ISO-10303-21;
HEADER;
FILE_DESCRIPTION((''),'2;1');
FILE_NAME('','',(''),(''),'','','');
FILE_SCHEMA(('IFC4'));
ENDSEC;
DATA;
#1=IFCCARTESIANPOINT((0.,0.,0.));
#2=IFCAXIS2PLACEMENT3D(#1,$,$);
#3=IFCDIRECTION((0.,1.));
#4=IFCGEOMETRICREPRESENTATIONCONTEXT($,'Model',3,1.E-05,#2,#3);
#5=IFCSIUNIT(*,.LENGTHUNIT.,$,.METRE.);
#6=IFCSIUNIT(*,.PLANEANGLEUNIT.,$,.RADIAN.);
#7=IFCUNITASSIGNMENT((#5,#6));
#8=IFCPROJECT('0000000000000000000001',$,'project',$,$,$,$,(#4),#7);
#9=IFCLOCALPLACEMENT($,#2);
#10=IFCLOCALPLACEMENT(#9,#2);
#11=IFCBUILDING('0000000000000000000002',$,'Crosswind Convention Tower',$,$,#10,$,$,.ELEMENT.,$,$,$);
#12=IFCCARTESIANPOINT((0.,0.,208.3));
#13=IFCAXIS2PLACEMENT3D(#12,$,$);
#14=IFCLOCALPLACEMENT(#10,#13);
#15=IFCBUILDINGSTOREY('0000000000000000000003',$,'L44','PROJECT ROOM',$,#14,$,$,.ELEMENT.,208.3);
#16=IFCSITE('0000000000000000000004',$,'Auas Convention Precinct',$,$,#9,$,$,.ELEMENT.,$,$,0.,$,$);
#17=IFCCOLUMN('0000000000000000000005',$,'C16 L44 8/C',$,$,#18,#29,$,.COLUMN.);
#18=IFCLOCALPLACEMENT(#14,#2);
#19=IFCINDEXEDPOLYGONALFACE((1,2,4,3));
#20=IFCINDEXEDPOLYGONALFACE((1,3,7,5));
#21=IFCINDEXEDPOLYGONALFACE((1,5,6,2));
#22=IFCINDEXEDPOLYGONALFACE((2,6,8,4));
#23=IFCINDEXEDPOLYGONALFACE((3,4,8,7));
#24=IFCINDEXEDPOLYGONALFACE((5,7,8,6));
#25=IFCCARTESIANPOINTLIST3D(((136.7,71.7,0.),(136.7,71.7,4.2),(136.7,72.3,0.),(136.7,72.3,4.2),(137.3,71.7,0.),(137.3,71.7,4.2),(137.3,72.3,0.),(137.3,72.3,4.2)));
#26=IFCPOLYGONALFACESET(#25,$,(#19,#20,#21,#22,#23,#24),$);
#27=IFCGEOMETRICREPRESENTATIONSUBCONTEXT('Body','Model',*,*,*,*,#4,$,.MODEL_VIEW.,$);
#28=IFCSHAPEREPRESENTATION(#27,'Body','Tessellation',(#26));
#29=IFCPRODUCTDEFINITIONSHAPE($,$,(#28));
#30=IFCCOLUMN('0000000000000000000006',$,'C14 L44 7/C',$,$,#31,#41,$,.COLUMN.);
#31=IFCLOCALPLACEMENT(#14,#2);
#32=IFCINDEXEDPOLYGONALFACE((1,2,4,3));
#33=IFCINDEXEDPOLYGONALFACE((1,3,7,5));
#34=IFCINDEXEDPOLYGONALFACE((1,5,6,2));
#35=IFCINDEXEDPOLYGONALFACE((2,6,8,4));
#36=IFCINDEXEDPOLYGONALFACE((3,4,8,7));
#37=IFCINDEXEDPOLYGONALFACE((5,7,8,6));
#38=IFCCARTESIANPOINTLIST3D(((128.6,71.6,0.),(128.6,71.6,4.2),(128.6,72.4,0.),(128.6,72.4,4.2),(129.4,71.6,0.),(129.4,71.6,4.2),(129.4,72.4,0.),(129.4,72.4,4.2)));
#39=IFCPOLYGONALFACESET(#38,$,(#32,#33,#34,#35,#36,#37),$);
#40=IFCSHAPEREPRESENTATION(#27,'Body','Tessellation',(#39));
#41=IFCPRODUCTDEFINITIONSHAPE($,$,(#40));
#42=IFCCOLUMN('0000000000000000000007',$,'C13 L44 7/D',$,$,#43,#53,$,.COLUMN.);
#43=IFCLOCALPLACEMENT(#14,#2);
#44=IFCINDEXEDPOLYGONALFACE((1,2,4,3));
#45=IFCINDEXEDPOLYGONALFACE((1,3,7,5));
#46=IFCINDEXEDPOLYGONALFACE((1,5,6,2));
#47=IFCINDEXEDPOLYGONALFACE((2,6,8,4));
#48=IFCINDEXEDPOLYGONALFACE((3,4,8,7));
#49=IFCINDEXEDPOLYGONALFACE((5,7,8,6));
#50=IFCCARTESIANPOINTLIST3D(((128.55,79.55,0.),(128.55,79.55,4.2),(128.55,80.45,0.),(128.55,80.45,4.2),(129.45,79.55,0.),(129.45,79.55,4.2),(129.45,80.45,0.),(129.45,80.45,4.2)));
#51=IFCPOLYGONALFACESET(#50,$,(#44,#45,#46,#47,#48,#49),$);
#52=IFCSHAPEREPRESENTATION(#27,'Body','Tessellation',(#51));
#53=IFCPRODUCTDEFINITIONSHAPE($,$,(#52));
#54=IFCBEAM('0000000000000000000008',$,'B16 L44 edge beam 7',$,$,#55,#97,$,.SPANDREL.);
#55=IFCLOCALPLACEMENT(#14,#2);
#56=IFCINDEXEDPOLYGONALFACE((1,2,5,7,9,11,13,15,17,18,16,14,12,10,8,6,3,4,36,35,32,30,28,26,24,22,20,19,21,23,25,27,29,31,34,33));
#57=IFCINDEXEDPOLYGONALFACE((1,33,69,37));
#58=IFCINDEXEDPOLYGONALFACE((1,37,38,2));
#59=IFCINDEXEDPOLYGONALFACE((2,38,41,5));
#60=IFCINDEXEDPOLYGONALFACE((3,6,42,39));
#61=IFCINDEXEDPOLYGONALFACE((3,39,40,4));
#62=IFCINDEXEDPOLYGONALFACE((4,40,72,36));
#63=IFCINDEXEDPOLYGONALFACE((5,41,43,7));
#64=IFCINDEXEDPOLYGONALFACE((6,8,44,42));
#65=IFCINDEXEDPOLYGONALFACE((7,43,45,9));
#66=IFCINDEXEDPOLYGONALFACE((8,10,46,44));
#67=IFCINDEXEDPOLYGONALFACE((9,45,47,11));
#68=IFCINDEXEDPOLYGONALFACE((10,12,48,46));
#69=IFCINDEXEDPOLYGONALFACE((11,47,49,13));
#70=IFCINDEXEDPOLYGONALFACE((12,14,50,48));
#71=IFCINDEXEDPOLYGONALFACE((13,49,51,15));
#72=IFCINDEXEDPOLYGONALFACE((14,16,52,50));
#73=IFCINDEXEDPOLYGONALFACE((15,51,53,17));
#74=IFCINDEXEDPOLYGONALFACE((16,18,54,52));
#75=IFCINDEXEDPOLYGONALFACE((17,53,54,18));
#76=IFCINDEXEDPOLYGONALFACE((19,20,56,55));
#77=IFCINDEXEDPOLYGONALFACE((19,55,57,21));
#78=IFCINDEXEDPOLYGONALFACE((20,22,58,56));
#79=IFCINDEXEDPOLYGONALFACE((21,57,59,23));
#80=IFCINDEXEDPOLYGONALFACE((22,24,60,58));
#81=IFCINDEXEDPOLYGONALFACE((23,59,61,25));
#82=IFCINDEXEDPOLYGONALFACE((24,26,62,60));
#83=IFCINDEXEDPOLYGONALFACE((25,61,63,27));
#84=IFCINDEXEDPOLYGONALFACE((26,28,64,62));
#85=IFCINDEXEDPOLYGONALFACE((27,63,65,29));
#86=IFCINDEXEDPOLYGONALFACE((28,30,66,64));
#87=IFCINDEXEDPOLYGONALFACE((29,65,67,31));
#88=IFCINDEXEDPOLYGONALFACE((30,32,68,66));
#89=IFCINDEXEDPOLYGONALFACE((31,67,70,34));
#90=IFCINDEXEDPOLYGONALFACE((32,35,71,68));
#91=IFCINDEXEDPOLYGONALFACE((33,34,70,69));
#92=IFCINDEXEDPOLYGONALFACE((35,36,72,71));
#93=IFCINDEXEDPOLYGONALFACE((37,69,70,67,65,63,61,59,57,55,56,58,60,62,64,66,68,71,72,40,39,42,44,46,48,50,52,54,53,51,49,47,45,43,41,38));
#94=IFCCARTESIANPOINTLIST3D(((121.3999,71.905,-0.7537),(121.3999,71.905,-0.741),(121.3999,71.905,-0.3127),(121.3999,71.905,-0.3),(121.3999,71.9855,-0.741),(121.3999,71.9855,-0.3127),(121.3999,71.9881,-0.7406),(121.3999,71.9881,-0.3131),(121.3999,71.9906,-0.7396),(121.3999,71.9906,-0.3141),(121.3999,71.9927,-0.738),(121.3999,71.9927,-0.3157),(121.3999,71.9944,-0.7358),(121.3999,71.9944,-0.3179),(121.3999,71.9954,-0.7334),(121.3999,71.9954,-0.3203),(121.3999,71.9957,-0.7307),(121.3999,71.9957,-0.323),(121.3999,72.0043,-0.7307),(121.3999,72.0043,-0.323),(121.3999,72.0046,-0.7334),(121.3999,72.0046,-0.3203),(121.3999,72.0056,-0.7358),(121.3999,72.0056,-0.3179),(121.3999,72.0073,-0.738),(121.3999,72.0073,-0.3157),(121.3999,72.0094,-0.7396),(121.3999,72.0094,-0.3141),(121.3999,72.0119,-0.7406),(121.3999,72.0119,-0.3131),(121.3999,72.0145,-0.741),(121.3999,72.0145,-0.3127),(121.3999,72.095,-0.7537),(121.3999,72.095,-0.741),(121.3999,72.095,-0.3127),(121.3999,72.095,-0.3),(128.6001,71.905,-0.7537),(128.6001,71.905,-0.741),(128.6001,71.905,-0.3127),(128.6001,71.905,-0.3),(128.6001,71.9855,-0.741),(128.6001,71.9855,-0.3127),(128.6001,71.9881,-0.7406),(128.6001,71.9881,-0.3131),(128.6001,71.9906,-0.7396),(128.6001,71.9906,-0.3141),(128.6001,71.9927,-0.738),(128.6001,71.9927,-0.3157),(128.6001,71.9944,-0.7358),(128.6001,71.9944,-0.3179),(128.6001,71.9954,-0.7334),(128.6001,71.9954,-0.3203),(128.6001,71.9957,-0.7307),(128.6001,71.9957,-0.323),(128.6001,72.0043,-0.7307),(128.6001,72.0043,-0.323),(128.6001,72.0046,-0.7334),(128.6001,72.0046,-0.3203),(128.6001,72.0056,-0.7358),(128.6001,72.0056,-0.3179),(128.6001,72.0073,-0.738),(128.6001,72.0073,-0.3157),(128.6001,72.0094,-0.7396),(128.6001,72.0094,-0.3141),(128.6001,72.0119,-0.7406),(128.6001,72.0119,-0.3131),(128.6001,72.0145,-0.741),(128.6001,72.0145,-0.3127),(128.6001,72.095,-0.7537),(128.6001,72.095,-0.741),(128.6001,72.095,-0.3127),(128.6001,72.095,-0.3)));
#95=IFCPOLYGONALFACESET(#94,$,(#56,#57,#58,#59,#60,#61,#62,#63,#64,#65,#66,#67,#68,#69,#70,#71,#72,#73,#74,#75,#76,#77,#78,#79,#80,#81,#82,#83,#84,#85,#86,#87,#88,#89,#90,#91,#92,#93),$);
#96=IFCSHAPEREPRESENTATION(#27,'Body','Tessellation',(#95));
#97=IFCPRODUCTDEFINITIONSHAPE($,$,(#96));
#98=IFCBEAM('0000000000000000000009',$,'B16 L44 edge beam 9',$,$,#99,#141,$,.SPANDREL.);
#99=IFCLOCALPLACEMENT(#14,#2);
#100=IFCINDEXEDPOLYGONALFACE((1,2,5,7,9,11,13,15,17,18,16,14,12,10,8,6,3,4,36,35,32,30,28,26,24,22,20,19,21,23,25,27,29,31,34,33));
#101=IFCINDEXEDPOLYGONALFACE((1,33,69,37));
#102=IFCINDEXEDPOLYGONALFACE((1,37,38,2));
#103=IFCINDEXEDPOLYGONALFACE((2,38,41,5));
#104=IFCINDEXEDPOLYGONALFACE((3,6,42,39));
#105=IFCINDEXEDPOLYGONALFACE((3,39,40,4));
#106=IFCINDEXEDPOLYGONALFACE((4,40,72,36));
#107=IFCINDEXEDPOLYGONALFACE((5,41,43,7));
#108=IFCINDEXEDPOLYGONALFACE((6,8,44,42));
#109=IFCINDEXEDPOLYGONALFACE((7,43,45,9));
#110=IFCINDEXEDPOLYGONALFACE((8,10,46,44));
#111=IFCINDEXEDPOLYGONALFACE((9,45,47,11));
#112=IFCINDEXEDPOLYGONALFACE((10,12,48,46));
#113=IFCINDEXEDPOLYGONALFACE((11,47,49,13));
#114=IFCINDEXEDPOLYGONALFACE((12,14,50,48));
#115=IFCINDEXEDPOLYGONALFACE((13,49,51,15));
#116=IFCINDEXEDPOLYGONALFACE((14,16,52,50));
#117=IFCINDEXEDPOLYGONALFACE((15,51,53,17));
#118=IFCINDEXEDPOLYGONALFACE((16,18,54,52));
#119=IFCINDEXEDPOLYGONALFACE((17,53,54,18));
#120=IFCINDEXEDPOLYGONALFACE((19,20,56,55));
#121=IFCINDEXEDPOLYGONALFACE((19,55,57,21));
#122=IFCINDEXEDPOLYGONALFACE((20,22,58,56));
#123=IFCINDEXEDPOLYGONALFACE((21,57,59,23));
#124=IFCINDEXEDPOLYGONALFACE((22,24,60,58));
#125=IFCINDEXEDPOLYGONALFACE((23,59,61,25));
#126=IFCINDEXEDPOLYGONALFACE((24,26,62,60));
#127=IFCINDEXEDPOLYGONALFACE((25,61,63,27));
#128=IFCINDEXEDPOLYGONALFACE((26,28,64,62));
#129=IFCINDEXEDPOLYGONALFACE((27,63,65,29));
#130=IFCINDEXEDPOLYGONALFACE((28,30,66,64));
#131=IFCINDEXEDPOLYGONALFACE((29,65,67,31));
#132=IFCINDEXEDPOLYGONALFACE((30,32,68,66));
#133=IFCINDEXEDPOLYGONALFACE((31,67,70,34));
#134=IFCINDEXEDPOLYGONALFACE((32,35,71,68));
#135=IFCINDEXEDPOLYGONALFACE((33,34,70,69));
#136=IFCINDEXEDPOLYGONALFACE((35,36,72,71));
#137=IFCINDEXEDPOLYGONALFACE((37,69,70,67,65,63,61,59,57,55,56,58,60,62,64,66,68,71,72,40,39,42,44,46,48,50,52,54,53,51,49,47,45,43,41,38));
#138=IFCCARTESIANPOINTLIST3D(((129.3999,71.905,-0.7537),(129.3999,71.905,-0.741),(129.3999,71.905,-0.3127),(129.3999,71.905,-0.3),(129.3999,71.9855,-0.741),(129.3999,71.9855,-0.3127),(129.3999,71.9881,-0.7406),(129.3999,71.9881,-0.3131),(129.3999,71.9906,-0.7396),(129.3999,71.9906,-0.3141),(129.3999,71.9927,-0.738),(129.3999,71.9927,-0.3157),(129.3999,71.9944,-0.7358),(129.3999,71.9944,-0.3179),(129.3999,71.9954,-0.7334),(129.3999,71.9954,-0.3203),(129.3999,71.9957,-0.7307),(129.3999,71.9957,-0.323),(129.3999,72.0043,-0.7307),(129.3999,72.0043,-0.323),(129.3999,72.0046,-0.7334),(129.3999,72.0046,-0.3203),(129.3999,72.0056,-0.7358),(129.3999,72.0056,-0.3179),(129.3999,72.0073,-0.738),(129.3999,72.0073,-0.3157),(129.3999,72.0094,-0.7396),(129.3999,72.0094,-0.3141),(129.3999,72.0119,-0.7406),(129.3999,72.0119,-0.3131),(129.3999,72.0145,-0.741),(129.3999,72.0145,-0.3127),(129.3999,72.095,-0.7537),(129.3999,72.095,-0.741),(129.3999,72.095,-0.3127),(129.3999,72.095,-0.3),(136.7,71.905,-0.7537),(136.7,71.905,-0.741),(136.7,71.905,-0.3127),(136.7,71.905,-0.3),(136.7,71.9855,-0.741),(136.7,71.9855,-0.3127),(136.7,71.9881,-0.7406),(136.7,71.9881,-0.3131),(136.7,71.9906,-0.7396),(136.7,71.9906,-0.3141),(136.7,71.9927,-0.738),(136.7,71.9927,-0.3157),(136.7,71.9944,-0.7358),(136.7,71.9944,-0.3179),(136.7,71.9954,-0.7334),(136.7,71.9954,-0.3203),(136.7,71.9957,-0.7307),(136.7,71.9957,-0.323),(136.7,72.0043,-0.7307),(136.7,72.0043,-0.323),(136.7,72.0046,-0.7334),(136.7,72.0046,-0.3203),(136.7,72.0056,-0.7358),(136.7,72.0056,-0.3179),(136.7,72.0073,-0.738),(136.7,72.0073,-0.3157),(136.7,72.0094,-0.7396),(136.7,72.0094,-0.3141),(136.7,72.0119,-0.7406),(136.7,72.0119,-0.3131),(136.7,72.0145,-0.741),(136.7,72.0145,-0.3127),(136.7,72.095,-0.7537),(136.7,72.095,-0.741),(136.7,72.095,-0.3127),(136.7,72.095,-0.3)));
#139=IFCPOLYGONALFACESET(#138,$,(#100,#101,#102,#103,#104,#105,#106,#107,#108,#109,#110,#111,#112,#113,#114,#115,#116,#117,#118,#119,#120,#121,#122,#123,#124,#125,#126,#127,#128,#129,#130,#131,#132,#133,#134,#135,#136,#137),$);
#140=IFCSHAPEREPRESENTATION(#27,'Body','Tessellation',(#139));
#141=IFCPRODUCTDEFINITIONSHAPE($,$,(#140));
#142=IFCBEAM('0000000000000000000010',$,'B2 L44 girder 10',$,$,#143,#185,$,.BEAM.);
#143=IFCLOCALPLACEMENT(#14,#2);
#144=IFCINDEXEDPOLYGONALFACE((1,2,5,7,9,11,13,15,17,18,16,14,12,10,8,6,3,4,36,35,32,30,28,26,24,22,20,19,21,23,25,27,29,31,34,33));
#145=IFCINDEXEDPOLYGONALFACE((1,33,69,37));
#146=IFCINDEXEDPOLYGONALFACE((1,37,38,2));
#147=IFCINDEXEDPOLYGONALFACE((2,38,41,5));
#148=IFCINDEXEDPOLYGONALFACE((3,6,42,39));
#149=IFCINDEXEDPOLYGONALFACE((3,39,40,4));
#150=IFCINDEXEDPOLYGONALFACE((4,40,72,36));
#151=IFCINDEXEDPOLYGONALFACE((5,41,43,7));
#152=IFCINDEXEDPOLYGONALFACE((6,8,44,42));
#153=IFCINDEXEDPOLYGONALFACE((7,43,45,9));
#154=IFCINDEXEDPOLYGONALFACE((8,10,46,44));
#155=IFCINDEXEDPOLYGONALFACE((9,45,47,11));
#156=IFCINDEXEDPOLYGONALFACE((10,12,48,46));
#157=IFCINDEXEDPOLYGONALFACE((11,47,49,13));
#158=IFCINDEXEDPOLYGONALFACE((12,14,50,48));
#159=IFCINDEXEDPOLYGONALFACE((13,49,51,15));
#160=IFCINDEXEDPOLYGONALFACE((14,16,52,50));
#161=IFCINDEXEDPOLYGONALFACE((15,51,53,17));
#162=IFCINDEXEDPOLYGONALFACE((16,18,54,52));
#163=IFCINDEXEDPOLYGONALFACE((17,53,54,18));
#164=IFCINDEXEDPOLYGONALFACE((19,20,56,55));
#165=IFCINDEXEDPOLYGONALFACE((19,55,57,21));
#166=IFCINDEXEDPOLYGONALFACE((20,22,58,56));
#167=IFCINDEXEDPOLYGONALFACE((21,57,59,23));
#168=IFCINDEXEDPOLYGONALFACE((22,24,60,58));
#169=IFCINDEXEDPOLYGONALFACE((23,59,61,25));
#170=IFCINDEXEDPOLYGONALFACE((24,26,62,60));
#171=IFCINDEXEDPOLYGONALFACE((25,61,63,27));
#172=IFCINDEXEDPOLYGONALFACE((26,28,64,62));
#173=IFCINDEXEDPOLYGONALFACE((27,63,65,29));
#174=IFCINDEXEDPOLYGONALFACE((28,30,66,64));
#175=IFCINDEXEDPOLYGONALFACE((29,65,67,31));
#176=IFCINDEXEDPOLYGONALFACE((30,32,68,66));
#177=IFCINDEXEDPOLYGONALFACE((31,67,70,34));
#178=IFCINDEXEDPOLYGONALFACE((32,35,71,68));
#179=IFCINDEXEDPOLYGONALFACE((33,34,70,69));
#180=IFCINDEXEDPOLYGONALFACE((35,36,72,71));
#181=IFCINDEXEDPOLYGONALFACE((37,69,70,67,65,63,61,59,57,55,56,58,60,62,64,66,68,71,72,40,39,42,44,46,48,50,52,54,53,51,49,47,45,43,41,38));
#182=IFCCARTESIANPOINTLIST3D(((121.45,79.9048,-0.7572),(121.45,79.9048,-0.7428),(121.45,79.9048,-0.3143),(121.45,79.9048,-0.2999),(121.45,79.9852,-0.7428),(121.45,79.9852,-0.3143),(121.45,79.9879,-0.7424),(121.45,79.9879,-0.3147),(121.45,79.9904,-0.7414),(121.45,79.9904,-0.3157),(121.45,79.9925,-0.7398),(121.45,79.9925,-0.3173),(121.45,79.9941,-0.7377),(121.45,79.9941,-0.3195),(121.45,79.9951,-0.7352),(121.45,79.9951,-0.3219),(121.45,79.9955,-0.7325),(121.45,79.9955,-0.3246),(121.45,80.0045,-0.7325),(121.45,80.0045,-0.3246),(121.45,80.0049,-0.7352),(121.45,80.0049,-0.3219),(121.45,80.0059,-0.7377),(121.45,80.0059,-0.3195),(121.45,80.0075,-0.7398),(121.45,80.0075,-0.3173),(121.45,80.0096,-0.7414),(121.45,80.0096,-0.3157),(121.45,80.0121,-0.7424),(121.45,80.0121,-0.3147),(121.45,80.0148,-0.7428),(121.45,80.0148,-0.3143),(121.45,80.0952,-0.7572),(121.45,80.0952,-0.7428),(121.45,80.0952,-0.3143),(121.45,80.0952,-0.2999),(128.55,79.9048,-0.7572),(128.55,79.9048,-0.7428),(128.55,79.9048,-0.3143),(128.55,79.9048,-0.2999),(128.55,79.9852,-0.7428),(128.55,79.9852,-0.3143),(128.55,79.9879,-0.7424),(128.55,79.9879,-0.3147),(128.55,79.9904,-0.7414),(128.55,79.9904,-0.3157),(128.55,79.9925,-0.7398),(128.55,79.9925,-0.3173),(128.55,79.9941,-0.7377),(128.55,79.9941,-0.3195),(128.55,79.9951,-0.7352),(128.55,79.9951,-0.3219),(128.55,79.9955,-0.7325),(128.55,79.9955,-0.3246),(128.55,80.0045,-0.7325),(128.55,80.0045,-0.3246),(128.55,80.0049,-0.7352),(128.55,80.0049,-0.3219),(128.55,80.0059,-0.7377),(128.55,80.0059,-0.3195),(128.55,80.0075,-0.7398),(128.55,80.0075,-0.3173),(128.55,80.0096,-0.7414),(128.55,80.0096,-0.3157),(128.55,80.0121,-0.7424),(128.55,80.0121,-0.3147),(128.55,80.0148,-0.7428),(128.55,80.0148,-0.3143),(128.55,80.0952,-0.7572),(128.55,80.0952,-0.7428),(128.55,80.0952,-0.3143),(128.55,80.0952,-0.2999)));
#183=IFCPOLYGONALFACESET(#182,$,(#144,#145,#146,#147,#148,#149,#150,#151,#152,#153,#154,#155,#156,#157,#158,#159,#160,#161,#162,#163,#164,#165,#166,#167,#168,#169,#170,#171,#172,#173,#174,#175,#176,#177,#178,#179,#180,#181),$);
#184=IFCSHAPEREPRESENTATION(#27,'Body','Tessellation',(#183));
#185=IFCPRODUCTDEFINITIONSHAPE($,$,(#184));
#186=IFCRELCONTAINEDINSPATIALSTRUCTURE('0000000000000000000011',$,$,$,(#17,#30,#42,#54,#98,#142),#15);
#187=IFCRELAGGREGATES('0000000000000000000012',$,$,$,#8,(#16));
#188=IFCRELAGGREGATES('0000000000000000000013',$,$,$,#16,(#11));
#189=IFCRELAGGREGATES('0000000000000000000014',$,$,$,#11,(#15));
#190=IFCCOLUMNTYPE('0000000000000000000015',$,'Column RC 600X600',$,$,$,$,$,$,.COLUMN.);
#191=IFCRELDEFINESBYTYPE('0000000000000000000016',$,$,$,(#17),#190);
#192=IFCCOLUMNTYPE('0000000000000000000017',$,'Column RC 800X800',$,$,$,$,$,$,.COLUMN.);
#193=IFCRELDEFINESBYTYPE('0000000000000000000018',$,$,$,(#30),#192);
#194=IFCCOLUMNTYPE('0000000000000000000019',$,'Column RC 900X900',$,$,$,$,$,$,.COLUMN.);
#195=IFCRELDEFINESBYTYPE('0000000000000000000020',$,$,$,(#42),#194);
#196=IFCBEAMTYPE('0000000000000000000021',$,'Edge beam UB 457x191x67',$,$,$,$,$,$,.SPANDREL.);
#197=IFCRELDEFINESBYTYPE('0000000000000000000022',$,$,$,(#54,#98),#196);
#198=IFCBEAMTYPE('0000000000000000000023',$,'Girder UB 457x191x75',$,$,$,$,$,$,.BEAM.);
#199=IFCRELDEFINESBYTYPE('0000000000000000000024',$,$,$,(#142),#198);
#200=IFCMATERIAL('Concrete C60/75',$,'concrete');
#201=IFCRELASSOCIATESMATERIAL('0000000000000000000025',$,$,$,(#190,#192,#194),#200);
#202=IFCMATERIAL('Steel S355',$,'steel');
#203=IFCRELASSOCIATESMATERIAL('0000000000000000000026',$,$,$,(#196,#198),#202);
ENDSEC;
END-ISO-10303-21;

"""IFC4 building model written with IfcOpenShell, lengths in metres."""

from ifc_helpers import new_model, si_unit, direction, frame, origin, origin_2d, place, context, subcontext, project, spatial, rectangle, i_section, extrude, material, material_profile, profile_set, type_object, element, save


model = new_model("IFC4")

# Units and contexts
model_context = context("Model", 3, precision=1e-05, world=origin(), true_north=direction((0.0, 1.0)))
body_context = subcontext(model_context, "Body", "Model", "MODEL_VIEW")
ifc_project = project(units=[si_unit("LENGTHUNIT", "METRE"), si_unit("PLANEANGLEUNIT", "RADIAN")], contexts=[model_context])

# Site, building, storey
site_placement = place(None, origin())
site = spatial("IfcSite", under=ifc_project, at=site_placement, Name="Auas Convention Precinct", CompositionType="ELEMENT", RefElevation=0.0)
building_placement = place(site_placement, origin())
building = spatial("IfcBuilding", under=site, at=building_placement, Name="Crosswind Convention Tower", CompositionType="ELEMENT")
storey_placement = place(building_placement, frame((0.0, 0.0, 208.3)))
storey = spatial("IfcBuildingStorey", under=building, at=storey_placement, Name="L44", Description="PROJECT ROOM", CompositionType="ELEMENT", Elevation=208.3)

# Columns
ifc_material_1 = material(Name="Concrete C60/75", Category="concrete")
ifc_material_profile_1 = material_profile(ifc_material_1, rectangle(XDim=0.6001, YDim=0.6001, at=origin_2d()), Name="RC 600X600")
ifc_profile_set_1 = profile_set([ifc_material_profile_1], Name="Concrete C60/75")
column_type_1 = type_object("IfcColumnType", Name="Column RC 600X600", PredefinedType="COLUMN", material=ifc_profile_set_1)
column_1_placement = place(storey_placement, frame((137.0, 72.0, 0.0), z_axis=(0.0, 0.0, 1.0), x_axis=(1.0, 0.0, 0.0)))
element("IfcColumn", 1, at=column_1_placement, inside=storey, type_object=column_type_1, Name="C16 L44 8/C", PredefinedType="COLUMN", context=body_context, shape_type="SweptSolid", body=[
    extrude(rectangle(XDim=0.6001, YDim=0.6001, at=origin_2d()), origin(), (0.0, 0.0, 1.0), 4.2),
])
ifc_material_profile_2 = material_profile(ifc_material_1, rectangle(XDim=0.8, YDim=0.8, at=origin_2d()), Name="RC 800X800")
ifc_profile_set_2 = profile_set([ifc_material_profile_2], Name="Concrete C60/75")
column_type_2 = type_object("IfcColumnType", Name="Column RC 800X800", PredefinedType="COLUMN", material=ifc_profile_set_2)
column_2_placement = place(storey_placement, frame((129.0, 72.0, 0.0), z_axis=(0.0, 0.0, 1.0), x_axis=(1.0, 0.0, 0.0)))
element("IfcColumn", 2, at=column_2_placement, inside=storey, type_object=column_type_2, Name="C14 L44 7/C", PredefinedType="COLUMN", context=body_context, shape_type="SweptSolid", body=[
    extrude(rectangle(XDim=0.8, YDim=0.8, at=origin_2d()), origin(), (0.0, 0.0, 1.0), 4.2),
])
ifc_material_profile_3 = material_profile(ifc_material_1, rectangle(XDim=0.8999, YDim=0.8999, at=origin_2d()), Name="RC 900X900")
ifc_profile_set_3 = profile_set([ifc_material_profile_3], Name="Concrete C60/75")
column_type_3 = type_object("IfcColumnType", Name="Column RC 900X900", PredefinedType="COLUMN", material=ifc_profile_set_3)
column_3_placement = place(storey_placement, frame((129.0, 80.0, 0.0), z_axis=(0.0, 0.0, 1.0), x_axis=(1.0, 0.0, 0.0)))
element("IfcColumn", 3, at=column_3_placement, inside=storey, type_object=column_type_3, Name="C13 L44 7/D", PredefinedType="COLUMN", context=body_context, shape_type="SweptSolid", body=[
    extrude(rectangle(XDim=0.8999, YDim=0.8999, at=origin_2d()), origin(), (0.0, 0.0, 1.0), 4.2),
])

# Beams
ifc_material_2 = material(Name="Steel S355", Category="steel")
ifc_material_profile_4 = material_profile(ifc_material_2, i_section(OverallWidth=0.1899, OverallDepth=0.4536, WebThickness=0.0085, FlangeThickness=0.0127, FilletRadius=0.0103, at=origin_2d()), Name="UB 457x191x67")
ifc_profile_set_4 = profile_set([ifc_material_profile_4], Name="Steel S355")
beam_type_1 = type_object("IfcBeamType", Name="Edge beam UB 457x191x67", PredefinedType="SPANDREL", material=ifc_profile_set_4)
beam_1_placement = place(storey_placement, frame((121.3999, 72.0, -0.5269), z_axis=(1.0, 0.0, 0.0), x_axis=(0.0, 1.0, 0.0)))
element("IfcBeam", 4, at=beam_1_placement, inside=storey, type_object=beam_type_1, Name="B16 L44 edge beam 7", PredefinedType="SPANDREL", context=body_context, shape_type="SweptSolid", body=[
    extrude(i_section(OverallWidth=0.1899, OverallDepth=0.4536, WebThickness=0.0085, FlangeThickness=0.0127, FilletRadius=0.0103, at=origin_2d()), origin(), (0.0, 0.0, 1.0), 7.2002),
])
beam_2_placement = place(storey_placement, frame((129.3999, 72.0, -0.5269), z_axis=(1.0, 0.0, 0.0), x_axis=(0.0, 1.0, 0.0)))
element("IfcBeam", 5, at=beam_2_placement, inside=storey, type_object=beam_type_1, Name="B16 L44 edge beam 9", PredefinedType="SPANDREL", context=body_context, shape_type="SweptSolid", body=[
    extrude(i_section(OverallWidth=0.1899, OverallDepth=0.4536, WebThickness=0.0085, FlangeThickness=0.0127, FilletRadius=0.0103, at=origin_2d()), origin(), (0.0, 0.0, 1.0), 7.3),
])
ifc_material_profile_5 = material_profile(ifc_material_2, i_section(OverallWidth=0.1904, OverallDepth=0.4573, WebThickness=0.009, FlangeThickness=0.0144, FilletRadius=0.0103, at=origin_2d()), Name="UB 457x191x75")
ifc_profile_set_5 = profile_set([ifc_material_profile_5], Name="Steel S355")
beam_type_2 = type_object("IfcBeamType", Name="Girder UB 457x191x75", PredefinedType="BEAM", material=ifc_profile_set_5)
beam_3_placement = place(storey_placement, frame((121.45, 80.0, -0.5286), z_axis=(1.0, 0.0, 0.0), x_axis=(0.0, 1.0, 0.0)))
element("IfcBeam", 6, at=beam_3_placement, inside=storey, type_object=beam_type_2, Name="B2 L44 girder 10", PredefinedType="BEAM", context=body_context, shape_type="SweptSolid", body=[
    extrude(i_section(OverallWidth=0.1904, OverallDepth=0.4573, WebThickness=0.009, FlangeThickness=0.0144, FilletRadius=0.0103, at=origin_2d()), origin(), (0.0, 0.0, 1.0), 7.1001),
])

save(model, "model.ifc")
